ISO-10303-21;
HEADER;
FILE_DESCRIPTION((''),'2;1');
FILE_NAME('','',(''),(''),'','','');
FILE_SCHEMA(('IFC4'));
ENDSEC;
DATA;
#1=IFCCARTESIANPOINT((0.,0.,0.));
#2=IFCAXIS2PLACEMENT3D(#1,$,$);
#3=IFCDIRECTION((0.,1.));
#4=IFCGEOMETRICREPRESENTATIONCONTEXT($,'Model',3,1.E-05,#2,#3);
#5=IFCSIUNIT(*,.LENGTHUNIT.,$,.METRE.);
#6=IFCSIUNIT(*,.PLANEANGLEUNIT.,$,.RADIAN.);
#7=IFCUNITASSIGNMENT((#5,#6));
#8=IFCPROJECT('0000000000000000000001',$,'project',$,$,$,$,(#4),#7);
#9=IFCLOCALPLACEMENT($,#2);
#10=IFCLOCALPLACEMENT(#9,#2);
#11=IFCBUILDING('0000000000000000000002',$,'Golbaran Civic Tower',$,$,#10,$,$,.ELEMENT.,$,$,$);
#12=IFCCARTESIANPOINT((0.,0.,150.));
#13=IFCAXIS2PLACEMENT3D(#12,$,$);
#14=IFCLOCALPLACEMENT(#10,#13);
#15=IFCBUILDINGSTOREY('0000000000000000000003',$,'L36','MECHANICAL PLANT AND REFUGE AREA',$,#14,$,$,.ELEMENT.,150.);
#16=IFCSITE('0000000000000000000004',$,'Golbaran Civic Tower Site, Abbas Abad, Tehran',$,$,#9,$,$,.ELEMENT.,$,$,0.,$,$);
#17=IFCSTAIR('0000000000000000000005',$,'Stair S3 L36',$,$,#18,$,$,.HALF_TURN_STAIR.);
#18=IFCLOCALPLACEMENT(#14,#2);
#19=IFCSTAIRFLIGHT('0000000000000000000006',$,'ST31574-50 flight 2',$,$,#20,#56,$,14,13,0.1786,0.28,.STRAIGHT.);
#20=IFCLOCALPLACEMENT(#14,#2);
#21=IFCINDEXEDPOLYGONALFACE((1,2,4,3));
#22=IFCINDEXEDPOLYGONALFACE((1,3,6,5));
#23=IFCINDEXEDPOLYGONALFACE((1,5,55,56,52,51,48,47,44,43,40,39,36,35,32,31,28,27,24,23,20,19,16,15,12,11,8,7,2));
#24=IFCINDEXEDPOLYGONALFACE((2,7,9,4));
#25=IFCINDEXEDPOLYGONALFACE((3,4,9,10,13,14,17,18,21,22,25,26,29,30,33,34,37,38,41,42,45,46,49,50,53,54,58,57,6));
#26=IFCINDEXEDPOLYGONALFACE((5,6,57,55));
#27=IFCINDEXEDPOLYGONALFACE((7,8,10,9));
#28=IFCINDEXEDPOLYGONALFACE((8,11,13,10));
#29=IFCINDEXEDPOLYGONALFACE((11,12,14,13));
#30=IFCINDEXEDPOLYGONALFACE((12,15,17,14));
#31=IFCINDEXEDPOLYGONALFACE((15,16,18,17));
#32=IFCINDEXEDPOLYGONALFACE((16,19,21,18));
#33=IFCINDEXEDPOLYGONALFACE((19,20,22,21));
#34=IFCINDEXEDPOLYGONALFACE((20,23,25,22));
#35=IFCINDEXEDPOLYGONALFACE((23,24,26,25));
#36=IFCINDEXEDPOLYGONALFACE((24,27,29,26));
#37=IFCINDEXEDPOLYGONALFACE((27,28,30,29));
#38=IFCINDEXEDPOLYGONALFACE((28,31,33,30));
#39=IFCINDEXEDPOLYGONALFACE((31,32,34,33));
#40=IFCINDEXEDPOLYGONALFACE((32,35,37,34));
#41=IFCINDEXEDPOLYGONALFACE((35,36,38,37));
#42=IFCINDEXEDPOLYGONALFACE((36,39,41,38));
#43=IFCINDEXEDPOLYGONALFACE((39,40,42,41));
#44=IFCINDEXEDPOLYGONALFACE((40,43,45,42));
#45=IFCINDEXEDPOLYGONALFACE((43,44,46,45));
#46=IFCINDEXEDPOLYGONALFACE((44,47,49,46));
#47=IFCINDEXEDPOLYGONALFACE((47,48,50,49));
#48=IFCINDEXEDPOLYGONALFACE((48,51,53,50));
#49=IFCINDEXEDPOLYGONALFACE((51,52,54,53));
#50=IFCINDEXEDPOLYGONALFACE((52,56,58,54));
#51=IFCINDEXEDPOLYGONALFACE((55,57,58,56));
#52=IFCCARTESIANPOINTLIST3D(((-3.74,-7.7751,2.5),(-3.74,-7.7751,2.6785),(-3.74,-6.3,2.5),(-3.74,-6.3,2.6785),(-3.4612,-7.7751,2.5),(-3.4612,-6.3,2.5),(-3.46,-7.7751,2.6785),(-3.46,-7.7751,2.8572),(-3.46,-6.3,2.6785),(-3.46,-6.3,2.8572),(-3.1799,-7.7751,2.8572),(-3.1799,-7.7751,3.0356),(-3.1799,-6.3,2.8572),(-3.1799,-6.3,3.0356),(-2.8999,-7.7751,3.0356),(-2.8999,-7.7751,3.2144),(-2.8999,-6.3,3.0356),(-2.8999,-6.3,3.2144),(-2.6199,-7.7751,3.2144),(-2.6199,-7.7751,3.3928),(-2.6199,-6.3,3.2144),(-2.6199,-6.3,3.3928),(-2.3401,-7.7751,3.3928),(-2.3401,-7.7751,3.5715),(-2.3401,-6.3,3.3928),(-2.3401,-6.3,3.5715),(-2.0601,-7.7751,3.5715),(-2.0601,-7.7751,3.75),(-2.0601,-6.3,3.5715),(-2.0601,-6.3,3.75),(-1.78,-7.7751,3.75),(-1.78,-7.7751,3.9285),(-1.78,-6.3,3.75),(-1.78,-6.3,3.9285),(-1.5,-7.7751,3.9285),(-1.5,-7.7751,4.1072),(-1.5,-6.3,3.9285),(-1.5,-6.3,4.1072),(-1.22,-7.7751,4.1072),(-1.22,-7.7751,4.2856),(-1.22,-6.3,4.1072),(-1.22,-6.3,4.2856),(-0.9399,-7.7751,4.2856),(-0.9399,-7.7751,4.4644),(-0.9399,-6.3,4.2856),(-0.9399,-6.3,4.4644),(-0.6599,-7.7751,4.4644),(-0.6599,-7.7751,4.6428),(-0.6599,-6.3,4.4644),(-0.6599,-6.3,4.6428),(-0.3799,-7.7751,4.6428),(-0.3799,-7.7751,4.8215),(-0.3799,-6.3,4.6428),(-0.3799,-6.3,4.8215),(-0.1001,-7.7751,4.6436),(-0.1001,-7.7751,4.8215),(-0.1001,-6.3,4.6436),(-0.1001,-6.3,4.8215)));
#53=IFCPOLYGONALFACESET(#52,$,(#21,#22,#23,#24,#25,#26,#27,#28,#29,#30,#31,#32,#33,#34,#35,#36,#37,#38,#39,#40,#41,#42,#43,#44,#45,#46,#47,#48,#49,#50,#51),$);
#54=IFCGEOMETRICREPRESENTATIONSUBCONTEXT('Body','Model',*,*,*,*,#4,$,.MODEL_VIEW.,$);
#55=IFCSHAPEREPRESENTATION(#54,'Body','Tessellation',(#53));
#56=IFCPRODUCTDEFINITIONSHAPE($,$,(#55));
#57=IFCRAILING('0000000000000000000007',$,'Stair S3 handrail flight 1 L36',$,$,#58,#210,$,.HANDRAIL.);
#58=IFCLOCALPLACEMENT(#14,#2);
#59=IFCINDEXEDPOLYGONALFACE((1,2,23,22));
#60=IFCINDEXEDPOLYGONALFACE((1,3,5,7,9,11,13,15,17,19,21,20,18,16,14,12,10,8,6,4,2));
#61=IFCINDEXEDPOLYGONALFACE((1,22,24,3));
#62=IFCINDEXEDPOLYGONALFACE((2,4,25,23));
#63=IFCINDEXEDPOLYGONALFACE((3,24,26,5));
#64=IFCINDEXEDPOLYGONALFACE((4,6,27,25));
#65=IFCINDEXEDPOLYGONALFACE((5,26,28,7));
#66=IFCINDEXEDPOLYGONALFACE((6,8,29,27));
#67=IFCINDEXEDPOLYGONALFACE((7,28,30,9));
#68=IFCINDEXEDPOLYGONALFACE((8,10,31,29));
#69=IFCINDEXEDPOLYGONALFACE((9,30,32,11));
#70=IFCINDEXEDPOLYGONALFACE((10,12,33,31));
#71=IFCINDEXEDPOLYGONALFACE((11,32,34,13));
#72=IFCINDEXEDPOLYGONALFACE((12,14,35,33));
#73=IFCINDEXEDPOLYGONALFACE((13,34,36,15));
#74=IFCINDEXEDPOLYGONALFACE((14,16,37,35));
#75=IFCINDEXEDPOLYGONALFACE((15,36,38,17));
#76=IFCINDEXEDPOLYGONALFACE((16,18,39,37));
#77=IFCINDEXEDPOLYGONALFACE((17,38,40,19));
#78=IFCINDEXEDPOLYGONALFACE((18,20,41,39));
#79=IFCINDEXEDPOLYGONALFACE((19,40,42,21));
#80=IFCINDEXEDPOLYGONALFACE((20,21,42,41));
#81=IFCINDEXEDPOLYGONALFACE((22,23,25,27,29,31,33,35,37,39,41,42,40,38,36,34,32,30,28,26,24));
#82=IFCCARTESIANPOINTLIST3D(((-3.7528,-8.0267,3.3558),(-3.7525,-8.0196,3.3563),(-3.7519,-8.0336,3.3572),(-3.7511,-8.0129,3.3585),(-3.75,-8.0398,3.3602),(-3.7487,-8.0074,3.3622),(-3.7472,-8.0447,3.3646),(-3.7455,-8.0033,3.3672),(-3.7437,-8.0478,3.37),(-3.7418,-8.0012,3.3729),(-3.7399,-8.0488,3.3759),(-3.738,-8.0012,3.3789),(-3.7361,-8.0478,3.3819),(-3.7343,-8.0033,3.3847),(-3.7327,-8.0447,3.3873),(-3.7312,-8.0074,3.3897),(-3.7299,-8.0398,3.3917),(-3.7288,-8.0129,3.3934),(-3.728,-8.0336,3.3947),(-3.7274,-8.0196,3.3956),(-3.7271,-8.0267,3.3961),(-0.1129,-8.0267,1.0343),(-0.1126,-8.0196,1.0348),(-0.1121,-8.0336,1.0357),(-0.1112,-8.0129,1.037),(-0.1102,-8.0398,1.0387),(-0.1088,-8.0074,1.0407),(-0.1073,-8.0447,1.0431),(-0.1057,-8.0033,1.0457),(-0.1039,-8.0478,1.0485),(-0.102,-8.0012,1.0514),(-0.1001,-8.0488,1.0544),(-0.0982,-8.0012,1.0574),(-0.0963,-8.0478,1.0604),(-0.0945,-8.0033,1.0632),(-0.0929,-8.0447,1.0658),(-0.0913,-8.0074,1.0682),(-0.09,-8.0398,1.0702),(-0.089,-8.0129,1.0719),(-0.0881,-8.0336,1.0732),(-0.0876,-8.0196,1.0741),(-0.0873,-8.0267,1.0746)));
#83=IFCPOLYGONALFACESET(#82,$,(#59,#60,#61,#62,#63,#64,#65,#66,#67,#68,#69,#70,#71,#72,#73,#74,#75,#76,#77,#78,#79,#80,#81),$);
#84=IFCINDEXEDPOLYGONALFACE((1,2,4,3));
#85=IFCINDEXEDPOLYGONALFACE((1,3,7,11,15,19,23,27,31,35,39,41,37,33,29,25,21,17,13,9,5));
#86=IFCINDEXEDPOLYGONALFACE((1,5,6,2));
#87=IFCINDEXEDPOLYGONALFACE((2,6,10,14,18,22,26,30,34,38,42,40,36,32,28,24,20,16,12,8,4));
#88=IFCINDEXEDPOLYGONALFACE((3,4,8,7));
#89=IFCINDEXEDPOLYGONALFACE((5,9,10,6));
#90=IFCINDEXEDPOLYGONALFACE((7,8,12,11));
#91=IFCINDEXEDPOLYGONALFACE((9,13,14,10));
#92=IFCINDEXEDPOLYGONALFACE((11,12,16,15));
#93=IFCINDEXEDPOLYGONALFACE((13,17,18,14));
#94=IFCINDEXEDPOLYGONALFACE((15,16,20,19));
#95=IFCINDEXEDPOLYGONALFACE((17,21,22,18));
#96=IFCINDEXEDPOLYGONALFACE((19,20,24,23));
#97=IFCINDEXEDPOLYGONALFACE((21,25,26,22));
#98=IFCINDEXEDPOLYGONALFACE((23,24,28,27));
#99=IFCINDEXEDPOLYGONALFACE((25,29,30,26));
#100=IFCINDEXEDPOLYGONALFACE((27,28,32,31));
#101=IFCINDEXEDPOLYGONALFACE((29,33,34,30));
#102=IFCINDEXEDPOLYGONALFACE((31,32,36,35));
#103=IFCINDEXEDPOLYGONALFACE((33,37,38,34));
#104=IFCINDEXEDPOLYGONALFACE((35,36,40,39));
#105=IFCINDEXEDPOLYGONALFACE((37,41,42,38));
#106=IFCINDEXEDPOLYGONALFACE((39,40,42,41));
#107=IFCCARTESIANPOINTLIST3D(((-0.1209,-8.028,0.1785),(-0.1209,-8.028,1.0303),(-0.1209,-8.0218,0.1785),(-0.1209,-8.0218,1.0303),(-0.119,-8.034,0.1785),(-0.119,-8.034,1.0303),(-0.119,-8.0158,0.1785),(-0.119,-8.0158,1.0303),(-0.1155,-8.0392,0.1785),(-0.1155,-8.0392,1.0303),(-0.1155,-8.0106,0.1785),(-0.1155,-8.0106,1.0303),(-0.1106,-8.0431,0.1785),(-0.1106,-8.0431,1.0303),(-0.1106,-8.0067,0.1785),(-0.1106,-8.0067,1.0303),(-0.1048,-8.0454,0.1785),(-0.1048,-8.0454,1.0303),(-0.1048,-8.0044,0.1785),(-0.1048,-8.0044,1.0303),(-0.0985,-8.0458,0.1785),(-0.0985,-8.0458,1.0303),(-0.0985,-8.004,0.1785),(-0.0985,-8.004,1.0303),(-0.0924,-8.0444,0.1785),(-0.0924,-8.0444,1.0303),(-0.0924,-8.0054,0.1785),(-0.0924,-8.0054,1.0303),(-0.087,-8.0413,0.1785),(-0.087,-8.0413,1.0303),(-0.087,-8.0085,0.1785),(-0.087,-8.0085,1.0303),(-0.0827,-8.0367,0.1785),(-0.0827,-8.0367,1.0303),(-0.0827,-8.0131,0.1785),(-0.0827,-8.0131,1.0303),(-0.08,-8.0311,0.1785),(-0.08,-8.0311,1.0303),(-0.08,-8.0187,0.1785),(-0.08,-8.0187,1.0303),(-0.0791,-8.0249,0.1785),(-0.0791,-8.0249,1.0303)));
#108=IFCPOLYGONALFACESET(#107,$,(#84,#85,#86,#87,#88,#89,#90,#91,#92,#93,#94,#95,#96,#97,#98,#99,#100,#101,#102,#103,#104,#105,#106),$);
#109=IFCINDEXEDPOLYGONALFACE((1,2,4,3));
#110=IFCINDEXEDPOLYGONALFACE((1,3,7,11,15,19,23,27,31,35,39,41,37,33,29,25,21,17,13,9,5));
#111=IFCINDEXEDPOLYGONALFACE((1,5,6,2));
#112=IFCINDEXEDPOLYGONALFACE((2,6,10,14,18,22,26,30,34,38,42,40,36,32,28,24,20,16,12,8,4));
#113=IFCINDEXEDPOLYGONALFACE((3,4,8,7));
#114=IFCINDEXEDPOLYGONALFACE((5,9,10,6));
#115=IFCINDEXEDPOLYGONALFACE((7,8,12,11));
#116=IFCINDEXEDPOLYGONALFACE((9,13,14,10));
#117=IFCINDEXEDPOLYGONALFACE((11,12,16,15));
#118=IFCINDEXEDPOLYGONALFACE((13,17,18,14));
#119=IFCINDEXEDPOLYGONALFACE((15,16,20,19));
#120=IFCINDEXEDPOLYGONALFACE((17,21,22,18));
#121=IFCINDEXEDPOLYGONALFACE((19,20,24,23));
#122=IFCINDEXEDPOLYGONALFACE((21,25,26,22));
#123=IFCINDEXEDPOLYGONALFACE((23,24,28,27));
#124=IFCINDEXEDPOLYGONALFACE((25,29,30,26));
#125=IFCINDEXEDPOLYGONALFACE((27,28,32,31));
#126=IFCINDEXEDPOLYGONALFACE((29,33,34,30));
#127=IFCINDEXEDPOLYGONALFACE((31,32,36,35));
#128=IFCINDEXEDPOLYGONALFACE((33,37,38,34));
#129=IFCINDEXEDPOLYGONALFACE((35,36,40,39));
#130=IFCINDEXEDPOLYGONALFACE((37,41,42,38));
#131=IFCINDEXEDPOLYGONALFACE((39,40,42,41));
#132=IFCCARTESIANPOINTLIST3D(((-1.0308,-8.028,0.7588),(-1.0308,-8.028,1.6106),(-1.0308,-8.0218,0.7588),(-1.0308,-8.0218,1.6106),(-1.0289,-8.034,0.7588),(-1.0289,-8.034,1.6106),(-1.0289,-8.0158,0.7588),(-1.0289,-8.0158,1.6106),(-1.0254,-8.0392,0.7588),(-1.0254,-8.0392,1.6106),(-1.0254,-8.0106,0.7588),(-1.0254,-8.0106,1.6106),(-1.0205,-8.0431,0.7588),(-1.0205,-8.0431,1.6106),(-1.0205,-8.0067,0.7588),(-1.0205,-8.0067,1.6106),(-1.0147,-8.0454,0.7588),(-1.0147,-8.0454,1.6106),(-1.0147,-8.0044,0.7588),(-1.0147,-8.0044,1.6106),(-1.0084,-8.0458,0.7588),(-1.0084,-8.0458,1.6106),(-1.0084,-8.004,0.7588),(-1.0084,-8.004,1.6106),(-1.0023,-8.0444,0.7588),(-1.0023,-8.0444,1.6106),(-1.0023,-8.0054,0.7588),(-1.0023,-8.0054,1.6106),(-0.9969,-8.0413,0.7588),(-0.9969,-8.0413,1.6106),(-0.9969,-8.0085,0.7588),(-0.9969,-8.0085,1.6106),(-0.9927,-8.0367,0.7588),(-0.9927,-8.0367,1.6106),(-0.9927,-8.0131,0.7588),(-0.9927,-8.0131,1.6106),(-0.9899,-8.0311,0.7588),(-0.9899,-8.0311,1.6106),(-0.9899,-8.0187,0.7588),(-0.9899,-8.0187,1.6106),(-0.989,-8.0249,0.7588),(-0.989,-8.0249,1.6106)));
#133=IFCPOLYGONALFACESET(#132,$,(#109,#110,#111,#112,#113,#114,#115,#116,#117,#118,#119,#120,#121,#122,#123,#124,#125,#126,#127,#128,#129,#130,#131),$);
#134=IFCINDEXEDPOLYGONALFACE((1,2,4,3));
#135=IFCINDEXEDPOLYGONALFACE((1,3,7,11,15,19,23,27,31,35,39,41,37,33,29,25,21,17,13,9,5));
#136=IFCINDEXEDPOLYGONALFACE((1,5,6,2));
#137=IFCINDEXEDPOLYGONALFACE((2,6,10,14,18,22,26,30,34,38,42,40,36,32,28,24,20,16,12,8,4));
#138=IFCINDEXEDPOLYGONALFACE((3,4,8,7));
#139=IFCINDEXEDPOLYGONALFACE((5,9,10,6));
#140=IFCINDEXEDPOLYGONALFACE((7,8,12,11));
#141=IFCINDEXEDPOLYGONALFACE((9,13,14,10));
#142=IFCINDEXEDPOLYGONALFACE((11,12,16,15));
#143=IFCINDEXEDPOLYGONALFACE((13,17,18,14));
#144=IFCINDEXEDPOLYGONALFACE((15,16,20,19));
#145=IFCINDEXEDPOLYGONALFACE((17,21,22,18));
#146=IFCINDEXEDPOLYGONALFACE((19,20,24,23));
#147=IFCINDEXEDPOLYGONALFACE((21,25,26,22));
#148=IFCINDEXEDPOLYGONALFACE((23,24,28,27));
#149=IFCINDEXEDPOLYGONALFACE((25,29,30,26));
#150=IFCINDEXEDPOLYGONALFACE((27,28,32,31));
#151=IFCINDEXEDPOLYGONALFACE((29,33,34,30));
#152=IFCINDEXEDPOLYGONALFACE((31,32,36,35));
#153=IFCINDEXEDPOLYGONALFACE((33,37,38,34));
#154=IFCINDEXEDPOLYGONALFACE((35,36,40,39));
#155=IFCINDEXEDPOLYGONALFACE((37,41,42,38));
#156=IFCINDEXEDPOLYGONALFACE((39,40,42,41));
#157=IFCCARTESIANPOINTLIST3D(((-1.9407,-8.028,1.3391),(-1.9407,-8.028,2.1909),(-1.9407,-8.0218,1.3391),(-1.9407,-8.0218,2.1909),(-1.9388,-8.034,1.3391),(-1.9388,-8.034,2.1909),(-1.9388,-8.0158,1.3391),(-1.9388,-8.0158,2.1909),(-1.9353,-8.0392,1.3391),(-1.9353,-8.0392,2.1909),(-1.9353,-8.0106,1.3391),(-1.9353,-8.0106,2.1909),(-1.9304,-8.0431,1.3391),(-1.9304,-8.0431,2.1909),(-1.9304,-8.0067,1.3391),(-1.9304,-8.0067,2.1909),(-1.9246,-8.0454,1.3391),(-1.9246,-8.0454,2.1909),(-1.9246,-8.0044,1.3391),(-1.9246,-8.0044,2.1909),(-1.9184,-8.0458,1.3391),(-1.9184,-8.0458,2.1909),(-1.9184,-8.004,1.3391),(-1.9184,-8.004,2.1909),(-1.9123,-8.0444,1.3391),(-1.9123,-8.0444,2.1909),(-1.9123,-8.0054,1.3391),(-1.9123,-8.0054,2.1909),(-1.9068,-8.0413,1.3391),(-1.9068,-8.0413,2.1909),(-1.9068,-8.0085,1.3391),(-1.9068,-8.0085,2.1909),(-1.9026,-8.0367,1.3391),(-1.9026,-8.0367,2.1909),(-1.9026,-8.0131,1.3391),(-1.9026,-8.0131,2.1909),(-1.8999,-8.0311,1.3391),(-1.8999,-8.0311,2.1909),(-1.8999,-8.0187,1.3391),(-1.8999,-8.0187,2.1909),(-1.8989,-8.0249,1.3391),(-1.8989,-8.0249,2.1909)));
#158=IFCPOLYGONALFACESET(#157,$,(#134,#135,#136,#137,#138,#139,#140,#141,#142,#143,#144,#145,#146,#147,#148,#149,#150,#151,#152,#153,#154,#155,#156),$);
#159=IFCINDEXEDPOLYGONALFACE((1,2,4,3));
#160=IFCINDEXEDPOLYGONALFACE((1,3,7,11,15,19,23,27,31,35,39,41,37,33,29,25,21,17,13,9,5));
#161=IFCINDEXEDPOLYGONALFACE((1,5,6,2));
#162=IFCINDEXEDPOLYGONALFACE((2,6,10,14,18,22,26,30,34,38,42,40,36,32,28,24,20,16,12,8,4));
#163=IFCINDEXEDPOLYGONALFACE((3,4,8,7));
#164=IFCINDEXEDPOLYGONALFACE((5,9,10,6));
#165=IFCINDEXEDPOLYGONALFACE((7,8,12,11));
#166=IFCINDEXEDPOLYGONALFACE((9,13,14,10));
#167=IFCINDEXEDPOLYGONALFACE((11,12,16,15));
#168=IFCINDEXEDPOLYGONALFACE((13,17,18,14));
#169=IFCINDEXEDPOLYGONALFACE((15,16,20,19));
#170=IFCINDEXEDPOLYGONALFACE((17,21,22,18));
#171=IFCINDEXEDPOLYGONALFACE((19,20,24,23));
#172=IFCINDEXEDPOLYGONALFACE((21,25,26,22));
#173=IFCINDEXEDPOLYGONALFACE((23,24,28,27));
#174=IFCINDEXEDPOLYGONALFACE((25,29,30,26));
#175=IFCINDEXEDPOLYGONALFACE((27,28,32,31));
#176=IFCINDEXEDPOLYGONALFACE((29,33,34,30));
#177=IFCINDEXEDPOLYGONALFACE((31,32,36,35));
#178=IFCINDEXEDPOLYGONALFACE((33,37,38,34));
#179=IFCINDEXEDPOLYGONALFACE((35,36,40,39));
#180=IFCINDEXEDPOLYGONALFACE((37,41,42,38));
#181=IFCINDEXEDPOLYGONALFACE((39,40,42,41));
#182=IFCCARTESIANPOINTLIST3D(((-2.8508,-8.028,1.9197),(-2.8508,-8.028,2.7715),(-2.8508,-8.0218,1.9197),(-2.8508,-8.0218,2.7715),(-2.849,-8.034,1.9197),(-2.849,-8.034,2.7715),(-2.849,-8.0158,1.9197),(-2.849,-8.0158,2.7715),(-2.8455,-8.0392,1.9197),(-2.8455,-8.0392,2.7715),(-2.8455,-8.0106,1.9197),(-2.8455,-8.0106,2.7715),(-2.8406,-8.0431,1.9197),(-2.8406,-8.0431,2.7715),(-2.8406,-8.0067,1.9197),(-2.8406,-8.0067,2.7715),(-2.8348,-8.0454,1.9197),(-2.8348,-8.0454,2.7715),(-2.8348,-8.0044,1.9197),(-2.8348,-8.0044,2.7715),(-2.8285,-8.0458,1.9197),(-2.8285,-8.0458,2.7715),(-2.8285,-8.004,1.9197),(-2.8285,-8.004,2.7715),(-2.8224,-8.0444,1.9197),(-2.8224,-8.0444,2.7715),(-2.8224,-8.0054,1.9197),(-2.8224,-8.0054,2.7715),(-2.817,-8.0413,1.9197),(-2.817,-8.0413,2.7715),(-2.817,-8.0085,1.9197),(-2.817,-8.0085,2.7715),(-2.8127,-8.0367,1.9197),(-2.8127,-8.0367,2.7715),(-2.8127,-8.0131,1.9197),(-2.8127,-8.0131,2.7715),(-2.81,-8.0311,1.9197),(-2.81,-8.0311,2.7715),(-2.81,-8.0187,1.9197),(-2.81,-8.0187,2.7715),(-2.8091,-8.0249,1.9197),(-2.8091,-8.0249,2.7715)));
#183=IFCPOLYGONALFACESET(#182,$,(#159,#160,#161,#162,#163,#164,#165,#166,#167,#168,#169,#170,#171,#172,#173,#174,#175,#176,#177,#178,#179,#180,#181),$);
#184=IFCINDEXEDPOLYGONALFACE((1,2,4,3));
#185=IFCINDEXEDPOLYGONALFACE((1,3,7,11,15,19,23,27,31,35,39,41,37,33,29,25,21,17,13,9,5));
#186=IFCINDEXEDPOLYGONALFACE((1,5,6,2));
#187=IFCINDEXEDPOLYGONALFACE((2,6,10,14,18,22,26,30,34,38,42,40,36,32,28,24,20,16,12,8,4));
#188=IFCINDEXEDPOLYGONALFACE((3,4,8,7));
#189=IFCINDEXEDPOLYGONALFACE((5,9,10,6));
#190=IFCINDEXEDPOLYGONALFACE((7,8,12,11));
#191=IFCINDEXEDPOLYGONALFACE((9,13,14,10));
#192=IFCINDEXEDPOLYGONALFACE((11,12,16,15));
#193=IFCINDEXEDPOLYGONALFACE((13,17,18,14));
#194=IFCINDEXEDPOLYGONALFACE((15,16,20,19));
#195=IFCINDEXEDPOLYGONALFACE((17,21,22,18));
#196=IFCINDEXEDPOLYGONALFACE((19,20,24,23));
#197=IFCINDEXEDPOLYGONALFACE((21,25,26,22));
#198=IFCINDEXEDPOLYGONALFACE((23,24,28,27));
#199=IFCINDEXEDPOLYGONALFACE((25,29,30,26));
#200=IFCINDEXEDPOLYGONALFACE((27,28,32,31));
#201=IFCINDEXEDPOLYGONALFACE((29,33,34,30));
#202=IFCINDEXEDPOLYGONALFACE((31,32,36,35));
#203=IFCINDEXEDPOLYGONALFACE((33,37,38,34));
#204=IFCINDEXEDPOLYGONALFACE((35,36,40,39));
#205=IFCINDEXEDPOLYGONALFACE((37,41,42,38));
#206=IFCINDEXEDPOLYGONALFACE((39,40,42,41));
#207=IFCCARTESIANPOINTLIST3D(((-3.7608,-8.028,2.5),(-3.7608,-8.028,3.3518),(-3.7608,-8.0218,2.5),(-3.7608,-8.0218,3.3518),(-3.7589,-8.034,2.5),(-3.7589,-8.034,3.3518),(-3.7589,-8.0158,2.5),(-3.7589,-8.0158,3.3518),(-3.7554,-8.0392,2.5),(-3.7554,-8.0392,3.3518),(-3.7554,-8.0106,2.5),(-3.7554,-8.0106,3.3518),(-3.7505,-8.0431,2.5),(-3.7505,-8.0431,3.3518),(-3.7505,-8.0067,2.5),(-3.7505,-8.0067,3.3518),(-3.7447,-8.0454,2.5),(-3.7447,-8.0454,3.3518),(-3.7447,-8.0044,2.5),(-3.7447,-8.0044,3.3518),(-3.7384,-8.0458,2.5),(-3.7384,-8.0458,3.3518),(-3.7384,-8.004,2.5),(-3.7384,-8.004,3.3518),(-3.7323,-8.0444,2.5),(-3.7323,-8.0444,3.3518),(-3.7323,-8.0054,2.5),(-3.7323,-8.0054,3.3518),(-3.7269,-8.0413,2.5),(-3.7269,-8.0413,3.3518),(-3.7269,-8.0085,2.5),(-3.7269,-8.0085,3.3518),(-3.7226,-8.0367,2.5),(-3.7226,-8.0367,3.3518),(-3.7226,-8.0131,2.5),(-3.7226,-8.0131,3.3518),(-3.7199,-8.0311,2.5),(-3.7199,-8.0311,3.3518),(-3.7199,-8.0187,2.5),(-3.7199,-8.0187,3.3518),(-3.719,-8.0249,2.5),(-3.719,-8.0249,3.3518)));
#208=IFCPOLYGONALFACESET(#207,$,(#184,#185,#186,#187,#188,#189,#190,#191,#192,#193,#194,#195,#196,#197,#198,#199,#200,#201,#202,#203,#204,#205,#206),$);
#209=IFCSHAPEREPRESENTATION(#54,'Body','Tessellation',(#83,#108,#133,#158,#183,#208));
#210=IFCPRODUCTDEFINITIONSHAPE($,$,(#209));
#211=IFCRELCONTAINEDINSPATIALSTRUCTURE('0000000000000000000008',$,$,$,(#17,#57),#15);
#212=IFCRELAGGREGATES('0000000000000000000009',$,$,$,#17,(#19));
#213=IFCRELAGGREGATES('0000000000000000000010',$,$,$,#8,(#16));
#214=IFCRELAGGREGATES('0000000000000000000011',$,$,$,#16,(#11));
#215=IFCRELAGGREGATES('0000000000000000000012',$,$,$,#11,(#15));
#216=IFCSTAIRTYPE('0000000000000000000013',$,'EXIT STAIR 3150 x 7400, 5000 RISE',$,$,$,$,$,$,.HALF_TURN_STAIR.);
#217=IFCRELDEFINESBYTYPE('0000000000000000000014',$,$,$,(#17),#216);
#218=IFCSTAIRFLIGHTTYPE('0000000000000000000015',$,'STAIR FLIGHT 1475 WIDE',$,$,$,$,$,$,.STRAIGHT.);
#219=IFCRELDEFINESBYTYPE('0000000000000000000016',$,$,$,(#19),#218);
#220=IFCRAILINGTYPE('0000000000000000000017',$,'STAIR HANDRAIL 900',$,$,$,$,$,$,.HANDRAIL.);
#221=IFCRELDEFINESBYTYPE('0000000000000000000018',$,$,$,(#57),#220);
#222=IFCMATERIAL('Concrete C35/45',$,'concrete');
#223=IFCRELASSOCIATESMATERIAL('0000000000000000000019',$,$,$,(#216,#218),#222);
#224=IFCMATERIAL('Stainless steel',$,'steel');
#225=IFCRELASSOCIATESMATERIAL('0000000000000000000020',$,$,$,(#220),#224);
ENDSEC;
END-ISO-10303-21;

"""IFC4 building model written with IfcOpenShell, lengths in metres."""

from ifc_helpers import new_model, si_unit, direction, frame, origin, origin_2d, place, context, subcontext, project, spatial, polyline, circle, outline, extrude, material, type_object, element, aggregate, save


model = new_model("IFC4")

# Units and contexts
model_context = context("Model", 3, precision=1e-05, world=origin(), true_north=direction((0.0, 1.0)))
body_context = subcontext(model_context, "Body", "Model", "MODEL_VIEW")
ifc_project = project(units=[si_unit("LENGTHUNIT", "METRE"), si_unit("PLANEANGLEUNIT", "RADIAN")], contexts=[model_context])

# Site, building, storey
site_placement = place(None, origin())
site = spatial("IfcSite", under=ifc_project, at=site_placement, Name="Golbaran Civic Tower Site, Abbas Abad, Tehran", CompositionType="ELEMENT", RefElevation=0.0)
building_placement = place(site_placement, origin())
building = spatial("IfcBuilding", under=site, at=building_placement, Name="Golbaran Civic Tower", CompositionType="ELEMENT")
storey_placement = place(building_placement, frame((0.0, 0.0, 150.0)))
storey = spatial("IfcBuildingStorey", under=building, at=storey_placement, Name="L36", Description="MECHANICAL PLANT AND REFUGE AREA", CompositionType="ELEMENT", Elevation=150.0)

# Shared definitions
ifc_material_1 = material(Name="Stainless steel", Category="steel")

# Stair, stair flight
ifc_material_2 = material(Name="Concrete C35/45", Category="concrete")
stair_type = type_object("IfcStairType", Name="EXIT STAIR 3150 x 7400, 5000 RISE", PredefinedType="HALF_TURN_STAIR", material=ifc_material_2)
stair_placement = place(storey_placement, origin())
stair = element("IfcStair", 1, at=stair_placement, inside=storey, type_object=stair_type, Name="Stair S3 L36", PredefinedType="HALF_TURN_STAIR")
stair_flight_type = type_object("IfcStairFlightType", Name="STAIR FLIGHT 1475 WIDE", PredefinedType="STRAIGHT", material=ifc_material_2)
stair_flight_1_placement = place(storey_placement, frame((-3.74, -7.0376, 2.5), z_axis=(0.0, 0.0, 1.0), x_axis=(1.0, 0.0, 0.0)))
stair_flight_1 = element("IfcStairFlight", 2, at=stair_flight_1_placement, type_object=stair_flight_type, Name="ST31574-50 flight 2", NumberOfRisers=14, NumberOfTreads=13, PredefinedType="STRAIGHT", RiserHeight=0.1786, TreadLength=0.28, context=body_context, shape_type="SweptSolid", body=[
    extrude(outline(polyline([(0.0, 0.0), (0.0, 0.1785), (0.28, 0.1785), (0.28, 0.3572), (0.5601, 0.3572), (0.5601, 0.5356), (0.8401, 0.5356), (0.8401, 0.7144), (1.1201, 0.7144), (1.1201, 0.8928), (1.3999, 0.8928), (1.3999, 1.0715), (1.6799, 1.0715), (1.6799, 1.25), (1.96, 1.25), (1.96, 1.4285), (2.24, 1.4285), (2.24, 1.6072), (2.52, 1.6072), (2.52, 1.7856), (2.8, 1.7856), (2.8, 1.9644), (3.0801, 1.9644), (3.0801, 2.1428), (3.3601, 2.1428), (3.3601, 2.3215), (3.6399, 2.3215), (3.6399, 2.5), (3.6399, 2.1436), (0.2788, 0.0), (0.0, 0.0)])), frame((0.0, 0.7375, 0.0), z_axis=(0.0, -1.0, 0.0), x_axis=(1.0, 0.0, 0.0)), (0.0, 0.0, 1.0), 1.4751),
])
aggregate(stair, [stair_flight_1])

# Railing
railing_type = type_object("IfcRailingType", Name="STAIR HANDRAIL 900", PredefinedType="HANDRAIL", material=ifc_material_1)
railing_1_placement = place(storey_placement, frame((-0.1001, -8.0249, 0.1785)))
element("IfcRailing", 3, at=railing_1_placement, inside=storey, type_object=railing_type, Name="Stair S3 handrail flight 1 L36", PredefinedType="HANDRAIL", context=body_context, shape_type="SweptSolid", body=[
    extrude(circle(Radius=0.0239, at=origin_2d()), frame((0.0, 0.0, 0.876), z_axis=(-0.843112, 0.0, 0.537739), x_axis=(0.0, -1.0, 0.0)), (0.0, 0.0, 1.0), 4.3171),
    extrude(circle(Radius=0.021, at=origin_2d()), origin(), (0.0, 0.0, 1.0), 0.8518),
    extrude(circle(Radius=0.021, at=origin_2d()), frame((-0.9099, 0.0, 0.5803)), (0.0, 0.0, 1.0), 0.8518),
    extrude(circle(Radius=0.021, at=origin_2d()), frame((-1.8198, 0.0, 1.1606)), (0.0, 0.0, 1.0), 0.8518),
    extrude(circle(Radius=0.021, at=origin_2d()), frame((-2.73, 0.0, 1.7412)), (0.0, 0.0, 1.0), 0.8518),
    extrude(circle(Radius=0.021, at=origin_2d()), frame((-3.6399, 0.0, 2.3215)), (0.0, 0.0, 1.0), 0.8518),
])

save(model, "model.ifc")
